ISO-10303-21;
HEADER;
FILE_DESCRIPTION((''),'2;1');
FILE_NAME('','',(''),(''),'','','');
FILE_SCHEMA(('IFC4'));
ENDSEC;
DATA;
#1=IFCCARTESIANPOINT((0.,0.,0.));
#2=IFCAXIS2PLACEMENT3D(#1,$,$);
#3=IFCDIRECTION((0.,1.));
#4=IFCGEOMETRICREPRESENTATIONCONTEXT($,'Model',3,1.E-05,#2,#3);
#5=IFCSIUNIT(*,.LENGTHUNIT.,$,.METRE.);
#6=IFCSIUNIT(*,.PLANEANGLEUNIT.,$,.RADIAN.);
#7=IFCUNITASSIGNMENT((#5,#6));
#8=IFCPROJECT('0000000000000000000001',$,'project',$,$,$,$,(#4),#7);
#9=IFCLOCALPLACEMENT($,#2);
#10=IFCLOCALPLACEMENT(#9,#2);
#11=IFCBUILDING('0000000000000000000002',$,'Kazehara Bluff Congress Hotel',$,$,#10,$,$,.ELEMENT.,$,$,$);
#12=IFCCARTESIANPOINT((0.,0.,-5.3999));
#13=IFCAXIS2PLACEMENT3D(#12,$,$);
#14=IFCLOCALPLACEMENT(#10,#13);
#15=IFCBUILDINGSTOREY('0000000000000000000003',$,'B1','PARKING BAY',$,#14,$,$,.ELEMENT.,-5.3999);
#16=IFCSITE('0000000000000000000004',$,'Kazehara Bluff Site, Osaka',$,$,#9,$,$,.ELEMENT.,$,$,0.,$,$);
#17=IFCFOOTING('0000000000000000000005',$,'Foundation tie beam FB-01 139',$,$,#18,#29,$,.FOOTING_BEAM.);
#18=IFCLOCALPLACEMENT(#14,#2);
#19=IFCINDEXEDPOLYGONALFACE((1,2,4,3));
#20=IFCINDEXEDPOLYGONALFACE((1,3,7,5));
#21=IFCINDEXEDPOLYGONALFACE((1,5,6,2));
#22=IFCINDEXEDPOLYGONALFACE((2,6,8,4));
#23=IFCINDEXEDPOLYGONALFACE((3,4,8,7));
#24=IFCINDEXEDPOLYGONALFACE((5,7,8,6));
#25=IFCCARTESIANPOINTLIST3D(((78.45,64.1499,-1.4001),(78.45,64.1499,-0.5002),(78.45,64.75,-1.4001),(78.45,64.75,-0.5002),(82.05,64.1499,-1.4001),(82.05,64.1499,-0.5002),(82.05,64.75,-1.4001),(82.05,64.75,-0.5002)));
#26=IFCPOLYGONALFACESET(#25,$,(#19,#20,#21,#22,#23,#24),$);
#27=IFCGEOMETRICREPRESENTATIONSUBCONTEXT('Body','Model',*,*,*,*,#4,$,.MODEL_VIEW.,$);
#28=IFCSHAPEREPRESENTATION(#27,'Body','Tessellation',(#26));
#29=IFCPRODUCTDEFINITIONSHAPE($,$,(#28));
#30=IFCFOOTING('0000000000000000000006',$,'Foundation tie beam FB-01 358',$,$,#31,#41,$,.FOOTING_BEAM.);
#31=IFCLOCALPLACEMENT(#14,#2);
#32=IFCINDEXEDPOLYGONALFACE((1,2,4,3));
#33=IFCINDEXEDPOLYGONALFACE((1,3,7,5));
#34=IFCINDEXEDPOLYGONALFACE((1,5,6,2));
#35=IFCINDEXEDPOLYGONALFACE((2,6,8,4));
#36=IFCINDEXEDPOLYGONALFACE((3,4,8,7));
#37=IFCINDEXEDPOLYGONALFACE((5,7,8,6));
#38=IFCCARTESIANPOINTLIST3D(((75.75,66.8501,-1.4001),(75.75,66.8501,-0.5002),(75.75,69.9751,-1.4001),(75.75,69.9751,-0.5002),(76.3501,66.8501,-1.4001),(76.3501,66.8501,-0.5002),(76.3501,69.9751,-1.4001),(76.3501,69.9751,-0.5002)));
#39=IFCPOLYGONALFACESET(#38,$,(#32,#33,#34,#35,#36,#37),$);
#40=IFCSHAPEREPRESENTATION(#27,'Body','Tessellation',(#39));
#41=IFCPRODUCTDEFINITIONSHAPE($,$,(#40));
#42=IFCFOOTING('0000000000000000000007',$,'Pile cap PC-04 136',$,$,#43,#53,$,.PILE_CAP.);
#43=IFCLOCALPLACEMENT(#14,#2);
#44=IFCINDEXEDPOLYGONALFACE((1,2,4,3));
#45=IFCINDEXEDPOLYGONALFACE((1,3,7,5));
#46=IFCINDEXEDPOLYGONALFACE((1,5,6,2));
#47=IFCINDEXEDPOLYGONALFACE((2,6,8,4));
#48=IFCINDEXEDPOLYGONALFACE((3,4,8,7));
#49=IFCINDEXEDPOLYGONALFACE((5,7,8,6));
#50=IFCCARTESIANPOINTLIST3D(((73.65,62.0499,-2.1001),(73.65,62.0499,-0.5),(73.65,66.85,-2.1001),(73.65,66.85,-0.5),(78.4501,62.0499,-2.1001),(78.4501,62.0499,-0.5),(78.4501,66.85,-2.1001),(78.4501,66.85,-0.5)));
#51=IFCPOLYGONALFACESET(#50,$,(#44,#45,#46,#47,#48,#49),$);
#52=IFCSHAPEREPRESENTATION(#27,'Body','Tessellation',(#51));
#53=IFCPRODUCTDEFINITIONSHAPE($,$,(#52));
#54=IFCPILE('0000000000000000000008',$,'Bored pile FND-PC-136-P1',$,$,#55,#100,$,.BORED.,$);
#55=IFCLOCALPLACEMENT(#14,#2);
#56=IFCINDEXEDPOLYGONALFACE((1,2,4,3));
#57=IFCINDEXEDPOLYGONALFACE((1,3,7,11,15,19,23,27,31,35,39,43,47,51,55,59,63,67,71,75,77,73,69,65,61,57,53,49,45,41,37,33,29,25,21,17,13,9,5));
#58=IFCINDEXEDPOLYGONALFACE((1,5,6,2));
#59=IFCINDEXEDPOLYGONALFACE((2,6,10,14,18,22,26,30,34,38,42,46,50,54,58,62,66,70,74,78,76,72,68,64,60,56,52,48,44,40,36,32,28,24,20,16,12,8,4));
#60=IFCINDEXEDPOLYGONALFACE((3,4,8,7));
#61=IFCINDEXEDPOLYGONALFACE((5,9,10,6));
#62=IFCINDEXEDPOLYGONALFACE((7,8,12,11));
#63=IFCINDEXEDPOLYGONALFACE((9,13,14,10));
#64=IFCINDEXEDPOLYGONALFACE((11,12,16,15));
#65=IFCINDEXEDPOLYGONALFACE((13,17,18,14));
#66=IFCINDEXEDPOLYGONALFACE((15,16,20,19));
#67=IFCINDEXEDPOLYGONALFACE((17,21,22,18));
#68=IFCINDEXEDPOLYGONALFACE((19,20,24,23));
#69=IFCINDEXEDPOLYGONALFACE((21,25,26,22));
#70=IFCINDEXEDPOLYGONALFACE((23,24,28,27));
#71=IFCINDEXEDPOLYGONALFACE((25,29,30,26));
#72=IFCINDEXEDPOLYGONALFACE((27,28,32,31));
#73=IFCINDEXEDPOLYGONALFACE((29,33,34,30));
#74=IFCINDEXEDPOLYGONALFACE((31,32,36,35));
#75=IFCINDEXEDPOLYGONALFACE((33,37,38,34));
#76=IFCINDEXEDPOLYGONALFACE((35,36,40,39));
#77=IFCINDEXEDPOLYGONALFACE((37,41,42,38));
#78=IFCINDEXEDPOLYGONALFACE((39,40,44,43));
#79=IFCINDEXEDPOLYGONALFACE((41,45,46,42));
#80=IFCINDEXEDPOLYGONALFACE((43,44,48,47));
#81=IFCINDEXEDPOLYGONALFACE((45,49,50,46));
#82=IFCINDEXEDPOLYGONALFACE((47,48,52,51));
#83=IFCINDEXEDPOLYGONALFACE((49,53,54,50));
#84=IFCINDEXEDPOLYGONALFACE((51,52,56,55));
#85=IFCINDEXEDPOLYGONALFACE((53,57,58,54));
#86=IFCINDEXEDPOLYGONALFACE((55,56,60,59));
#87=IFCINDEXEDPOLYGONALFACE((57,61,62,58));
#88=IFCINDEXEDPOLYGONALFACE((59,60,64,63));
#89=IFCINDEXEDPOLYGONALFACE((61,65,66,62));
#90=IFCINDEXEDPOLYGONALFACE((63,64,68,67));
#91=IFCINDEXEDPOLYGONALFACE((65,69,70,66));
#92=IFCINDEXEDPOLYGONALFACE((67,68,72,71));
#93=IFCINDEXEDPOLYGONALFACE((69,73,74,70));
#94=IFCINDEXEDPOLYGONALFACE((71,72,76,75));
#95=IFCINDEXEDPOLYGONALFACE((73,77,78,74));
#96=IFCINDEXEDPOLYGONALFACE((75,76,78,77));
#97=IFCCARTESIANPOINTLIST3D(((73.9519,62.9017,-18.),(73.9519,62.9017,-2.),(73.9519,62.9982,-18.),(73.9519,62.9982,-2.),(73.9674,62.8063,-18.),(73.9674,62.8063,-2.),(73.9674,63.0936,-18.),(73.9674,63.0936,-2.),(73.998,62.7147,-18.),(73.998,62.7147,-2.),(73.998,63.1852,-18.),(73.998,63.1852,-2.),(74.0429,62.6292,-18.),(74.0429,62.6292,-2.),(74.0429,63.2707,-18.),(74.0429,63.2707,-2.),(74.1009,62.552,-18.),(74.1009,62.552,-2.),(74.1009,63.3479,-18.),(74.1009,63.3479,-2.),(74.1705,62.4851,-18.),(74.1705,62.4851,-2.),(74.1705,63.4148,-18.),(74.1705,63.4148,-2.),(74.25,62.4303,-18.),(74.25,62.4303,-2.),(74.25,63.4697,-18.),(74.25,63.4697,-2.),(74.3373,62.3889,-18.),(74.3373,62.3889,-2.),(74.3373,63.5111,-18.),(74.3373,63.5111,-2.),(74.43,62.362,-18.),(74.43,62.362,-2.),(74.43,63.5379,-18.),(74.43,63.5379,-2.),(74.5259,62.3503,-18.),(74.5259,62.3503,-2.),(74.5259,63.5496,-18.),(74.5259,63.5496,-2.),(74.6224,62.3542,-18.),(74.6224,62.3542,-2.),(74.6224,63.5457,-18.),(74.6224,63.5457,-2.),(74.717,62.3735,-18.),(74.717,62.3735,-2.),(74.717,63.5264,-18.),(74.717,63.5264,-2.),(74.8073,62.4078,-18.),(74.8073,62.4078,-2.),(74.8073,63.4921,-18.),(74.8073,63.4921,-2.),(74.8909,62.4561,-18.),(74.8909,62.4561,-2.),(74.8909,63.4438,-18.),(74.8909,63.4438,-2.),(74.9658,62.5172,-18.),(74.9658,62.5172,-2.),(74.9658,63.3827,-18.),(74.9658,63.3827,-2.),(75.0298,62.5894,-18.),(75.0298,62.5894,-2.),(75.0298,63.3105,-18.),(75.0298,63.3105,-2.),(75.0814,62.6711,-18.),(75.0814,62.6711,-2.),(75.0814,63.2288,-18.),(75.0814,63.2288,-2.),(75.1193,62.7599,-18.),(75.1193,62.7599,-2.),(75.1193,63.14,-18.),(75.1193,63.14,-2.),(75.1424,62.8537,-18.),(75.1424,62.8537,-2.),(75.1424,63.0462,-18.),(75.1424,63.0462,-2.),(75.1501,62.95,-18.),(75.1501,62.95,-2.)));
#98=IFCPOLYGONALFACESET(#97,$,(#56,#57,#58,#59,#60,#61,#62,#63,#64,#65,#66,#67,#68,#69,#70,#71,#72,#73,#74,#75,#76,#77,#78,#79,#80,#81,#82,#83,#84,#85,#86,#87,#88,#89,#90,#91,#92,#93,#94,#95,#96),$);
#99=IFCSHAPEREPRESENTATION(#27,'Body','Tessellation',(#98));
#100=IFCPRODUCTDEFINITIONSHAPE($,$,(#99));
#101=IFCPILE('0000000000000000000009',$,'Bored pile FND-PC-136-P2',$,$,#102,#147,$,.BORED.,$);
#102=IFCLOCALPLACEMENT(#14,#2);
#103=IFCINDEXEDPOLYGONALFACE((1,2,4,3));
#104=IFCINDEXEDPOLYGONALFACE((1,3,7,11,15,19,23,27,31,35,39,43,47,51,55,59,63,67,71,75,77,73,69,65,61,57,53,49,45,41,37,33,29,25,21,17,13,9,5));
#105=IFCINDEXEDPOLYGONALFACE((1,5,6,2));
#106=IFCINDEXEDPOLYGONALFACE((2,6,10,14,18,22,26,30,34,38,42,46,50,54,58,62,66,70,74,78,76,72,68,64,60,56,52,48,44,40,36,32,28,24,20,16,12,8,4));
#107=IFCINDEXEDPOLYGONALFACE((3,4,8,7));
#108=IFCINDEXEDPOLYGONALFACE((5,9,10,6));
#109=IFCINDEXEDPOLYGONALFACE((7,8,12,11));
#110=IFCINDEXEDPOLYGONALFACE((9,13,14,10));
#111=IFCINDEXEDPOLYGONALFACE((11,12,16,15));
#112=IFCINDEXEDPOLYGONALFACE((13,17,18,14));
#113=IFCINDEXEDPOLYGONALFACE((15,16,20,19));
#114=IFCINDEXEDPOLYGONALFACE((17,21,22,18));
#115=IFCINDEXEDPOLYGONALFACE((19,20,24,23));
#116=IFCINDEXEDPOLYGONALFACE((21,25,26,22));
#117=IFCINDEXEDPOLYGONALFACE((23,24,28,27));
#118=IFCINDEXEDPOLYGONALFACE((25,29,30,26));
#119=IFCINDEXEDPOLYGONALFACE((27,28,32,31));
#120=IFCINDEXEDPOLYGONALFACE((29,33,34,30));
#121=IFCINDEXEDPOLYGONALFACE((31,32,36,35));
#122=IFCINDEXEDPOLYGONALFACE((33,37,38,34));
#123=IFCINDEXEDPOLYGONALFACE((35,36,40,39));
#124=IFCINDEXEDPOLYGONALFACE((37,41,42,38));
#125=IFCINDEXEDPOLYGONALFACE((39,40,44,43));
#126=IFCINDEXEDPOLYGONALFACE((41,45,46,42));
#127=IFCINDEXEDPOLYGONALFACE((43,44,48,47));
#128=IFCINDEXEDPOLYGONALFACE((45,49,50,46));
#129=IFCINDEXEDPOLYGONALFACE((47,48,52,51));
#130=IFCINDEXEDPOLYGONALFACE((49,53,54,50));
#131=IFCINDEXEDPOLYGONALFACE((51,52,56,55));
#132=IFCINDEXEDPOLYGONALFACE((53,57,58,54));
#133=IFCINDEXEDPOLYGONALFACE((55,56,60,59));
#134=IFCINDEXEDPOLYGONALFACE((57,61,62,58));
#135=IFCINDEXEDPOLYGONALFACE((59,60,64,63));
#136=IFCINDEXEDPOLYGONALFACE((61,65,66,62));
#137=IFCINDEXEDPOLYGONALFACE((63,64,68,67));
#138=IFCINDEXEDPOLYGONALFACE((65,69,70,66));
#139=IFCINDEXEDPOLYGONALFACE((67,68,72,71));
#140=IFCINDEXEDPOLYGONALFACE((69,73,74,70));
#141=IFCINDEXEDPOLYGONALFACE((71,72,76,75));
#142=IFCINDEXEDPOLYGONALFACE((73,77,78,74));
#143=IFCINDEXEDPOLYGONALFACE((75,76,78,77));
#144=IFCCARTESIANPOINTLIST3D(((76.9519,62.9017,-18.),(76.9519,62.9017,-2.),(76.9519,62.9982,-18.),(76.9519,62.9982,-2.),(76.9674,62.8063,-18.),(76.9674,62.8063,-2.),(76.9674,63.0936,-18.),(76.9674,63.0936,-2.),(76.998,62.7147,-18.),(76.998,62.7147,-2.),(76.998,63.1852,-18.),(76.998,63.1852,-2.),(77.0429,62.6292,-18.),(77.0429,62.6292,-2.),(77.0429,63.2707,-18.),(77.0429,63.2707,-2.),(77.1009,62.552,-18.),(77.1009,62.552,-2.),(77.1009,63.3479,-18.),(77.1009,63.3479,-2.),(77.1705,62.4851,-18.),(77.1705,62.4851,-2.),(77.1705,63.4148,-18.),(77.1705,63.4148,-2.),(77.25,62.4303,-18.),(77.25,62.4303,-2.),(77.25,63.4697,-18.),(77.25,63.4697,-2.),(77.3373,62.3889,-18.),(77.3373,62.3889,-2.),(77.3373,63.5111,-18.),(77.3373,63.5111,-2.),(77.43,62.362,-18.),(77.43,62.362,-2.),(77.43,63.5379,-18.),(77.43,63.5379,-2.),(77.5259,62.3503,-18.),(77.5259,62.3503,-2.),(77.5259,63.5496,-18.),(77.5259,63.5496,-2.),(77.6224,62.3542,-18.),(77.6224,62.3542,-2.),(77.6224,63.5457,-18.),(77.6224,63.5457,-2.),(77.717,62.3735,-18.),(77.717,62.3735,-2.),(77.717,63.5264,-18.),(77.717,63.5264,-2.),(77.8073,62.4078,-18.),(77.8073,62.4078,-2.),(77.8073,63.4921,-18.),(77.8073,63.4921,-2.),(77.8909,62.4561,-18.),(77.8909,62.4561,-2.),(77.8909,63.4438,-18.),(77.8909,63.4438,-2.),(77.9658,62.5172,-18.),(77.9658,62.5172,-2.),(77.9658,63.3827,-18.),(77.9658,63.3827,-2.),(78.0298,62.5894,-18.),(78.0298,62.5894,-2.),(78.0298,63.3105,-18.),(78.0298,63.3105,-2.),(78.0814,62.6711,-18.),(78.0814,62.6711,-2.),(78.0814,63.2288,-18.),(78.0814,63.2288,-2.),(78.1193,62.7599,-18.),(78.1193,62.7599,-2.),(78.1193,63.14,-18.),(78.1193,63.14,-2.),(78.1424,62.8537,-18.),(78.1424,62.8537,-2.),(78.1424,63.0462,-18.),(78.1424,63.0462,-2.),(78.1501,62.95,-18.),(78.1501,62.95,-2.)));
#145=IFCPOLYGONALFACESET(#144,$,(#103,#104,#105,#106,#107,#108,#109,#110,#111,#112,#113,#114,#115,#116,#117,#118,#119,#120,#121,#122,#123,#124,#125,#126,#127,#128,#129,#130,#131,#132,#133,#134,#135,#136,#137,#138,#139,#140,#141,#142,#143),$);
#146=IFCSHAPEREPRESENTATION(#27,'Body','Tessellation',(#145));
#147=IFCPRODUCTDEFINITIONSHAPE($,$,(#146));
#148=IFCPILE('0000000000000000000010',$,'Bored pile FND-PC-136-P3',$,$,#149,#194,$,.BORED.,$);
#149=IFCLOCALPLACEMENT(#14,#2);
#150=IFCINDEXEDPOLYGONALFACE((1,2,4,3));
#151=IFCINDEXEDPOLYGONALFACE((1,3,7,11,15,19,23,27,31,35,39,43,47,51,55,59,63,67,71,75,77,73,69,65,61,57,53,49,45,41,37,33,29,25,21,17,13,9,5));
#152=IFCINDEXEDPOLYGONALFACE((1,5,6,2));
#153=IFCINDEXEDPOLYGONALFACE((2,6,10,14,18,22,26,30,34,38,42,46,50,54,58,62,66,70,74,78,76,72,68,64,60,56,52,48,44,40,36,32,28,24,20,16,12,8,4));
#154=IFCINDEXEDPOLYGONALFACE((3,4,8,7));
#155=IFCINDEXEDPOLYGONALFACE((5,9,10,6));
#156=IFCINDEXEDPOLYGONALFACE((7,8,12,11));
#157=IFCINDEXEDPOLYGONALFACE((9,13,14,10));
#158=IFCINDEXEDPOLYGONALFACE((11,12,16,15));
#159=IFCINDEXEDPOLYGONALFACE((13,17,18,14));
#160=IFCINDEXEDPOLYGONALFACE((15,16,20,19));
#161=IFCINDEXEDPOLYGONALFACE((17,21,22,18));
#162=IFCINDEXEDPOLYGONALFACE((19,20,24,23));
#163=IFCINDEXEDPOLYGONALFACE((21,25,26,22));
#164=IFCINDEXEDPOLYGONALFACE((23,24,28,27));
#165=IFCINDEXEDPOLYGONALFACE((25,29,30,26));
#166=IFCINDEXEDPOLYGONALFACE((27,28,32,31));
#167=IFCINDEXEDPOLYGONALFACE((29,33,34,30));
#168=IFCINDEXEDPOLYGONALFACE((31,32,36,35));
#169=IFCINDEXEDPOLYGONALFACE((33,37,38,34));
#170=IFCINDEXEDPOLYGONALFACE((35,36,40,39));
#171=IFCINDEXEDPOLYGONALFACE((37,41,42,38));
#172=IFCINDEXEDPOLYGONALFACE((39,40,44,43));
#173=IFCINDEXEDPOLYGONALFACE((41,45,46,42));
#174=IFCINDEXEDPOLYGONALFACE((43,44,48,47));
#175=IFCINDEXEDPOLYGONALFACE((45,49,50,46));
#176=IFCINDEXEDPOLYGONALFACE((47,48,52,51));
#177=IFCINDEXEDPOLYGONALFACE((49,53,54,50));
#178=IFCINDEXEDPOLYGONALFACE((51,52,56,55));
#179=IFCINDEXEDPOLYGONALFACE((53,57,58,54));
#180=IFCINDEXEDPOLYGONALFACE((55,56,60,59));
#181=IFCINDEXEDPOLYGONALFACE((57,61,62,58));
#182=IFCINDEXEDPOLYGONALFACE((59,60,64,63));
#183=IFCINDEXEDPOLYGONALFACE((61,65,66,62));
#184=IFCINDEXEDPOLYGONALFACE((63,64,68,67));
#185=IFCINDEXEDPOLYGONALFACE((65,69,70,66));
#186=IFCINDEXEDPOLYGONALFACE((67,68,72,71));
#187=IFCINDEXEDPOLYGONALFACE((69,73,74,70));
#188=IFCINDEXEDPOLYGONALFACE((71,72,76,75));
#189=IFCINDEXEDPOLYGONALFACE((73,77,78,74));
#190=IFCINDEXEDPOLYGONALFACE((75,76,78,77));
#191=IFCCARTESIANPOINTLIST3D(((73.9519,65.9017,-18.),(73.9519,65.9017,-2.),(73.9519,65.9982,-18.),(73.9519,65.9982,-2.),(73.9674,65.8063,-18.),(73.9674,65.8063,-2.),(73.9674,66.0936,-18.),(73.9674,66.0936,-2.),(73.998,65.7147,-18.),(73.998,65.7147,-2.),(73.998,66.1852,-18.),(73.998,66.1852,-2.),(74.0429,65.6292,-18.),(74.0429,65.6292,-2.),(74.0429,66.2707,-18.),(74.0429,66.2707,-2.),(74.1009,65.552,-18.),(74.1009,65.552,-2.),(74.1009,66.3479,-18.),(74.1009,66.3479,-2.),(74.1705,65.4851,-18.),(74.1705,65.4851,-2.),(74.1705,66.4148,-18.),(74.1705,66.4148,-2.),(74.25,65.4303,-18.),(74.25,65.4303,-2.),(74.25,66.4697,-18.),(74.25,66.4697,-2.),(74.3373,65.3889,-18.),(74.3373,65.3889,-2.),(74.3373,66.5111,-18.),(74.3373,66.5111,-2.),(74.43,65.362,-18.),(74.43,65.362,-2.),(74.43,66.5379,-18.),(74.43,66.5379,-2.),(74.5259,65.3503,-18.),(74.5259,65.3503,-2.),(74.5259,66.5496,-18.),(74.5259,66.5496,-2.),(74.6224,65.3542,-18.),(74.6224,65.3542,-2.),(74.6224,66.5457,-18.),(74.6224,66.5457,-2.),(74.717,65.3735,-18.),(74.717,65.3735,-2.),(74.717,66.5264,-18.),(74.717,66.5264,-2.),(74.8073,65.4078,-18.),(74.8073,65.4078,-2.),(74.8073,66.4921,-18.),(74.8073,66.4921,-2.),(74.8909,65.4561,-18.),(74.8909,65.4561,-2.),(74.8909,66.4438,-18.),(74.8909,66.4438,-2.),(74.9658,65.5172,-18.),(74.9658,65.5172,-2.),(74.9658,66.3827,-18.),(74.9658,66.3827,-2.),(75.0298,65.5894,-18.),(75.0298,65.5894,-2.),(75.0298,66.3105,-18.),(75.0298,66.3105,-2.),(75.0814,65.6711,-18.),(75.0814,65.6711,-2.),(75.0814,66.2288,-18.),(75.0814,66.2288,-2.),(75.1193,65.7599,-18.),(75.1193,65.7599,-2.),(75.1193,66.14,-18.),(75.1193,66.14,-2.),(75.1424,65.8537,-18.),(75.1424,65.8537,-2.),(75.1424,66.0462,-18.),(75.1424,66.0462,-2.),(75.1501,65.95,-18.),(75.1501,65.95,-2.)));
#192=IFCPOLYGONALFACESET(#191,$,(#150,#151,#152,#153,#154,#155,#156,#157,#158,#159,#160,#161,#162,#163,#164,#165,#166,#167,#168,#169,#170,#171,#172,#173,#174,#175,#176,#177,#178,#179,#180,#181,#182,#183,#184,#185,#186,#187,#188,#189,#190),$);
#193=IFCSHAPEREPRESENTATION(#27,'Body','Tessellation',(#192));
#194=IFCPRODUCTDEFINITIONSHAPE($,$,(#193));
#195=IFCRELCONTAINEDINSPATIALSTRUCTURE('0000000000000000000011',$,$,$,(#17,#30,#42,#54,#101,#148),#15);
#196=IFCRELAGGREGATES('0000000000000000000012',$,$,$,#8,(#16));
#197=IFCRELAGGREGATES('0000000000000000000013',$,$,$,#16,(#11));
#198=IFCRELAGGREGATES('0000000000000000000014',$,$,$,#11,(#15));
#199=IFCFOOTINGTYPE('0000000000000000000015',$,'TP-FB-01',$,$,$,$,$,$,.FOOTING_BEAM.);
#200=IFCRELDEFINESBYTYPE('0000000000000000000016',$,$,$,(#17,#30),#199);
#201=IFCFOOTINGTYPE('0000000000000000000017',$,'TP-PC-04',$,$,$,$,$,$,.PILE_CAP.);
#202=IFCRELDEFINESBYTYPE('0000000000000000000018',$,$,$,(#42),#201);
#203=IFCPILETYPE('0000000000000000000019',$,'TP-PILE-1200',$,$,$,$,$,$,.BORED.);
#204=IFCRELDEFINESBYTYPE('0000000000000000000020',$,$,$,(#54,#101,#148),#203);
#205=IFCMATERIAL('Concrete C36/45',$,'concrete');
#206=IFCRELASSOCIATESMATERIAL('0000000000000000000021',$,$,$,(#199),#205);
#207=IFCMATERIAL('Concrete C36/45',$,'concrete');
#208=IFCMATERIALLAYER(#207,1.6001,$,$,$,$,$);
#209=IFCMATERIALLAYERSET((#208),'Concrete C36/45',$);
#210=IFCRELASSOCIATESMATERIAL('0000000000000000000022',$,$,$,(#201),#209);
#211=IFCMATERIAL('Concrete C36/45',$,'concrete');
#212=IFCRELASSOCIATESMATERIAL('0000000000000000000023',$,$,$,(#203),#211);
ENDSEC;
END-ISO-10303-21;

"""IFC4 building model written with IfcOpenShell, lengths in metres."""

from ifc_helpers import new_model, si_unit, direction, frame, origin, origin_2d, place, context, subcontext, project, spatial, rectangle, circle, extrude, material, layer, layer_set, material_profile, profile_set, type_object, element, save


model = new_model("IFC4")

# Units and contexts
model_context = context("Model", 3, precision=1e-05, world=origin(), true_north=direction((0.0, 1.0)))
body_context = subcontext(model_context, "Body", "Model", "MODEL_VIEW")
ifc_project = project(units=[si_unit("LENGTHUNIT", "METRE"), si_unit("PLANEANGLEUNIT", "RADIAN")], contexts=[model_context])

# Site, building, storey
site_placement = place(None, origin())
site = spatial("IfcSite", under=ifc_project, at=site_placement, Name="Kazehara Bluff Site, Osaka", CompositionType="ELEMENT", RefElevation=0.0)
building_placement = place(site_placement, origin())
building = spatial("IfcBuilding", under=site, at=building_placement, Name="Kazehara Bluff Congress Hotel", CompositionType="ELEMENT")
storey_placement = place(building_placement, frame((0.0, 0.0, -5.3999)))
storey = spatial("IfcBuildingStorey", under=building, at=storey_placement, Name="B1", Description="PARKING BAY", CompositionType="ELEMENT", Elevation=-5.3999)

# Footings
ifc_material_1 = material(Name="Concrete C36/45", Category="concrete")
ifc_material_profile_1 = material_profile(ifc_material_1, rectangle(XDim=0.6001, YDim=0.8999, at=origin_2d()))
ifc_profile_set_1 = profile_set([ifc_material_profile_1], Name="Concrete C36/45")
footing_type_1 = type_object("IfcFootingType", Name="TP-FB-01", PredefinedType="FOOTING_BEAM", material=ifc_profile_set_1)
footing_1_placement = place(storey_placement, frame((78.45, 64.45, -0.9502), z_axis=(1.0, 0.0, 0.0), x_axis=(0.0, 1.0, 0.0)))
element("IfcFooting", 1, at=footing_1_placement, inside=storey, type_object=footing_type_1, Name="Foundation tie beam FB-01 139", PredefinedType="FOOTING_BEAM", context=body_context, shape_type="SweptSolid", body=[
    extrude(rectangle(XDim=0.6001, YDim=0.8999, at=origin_2d()), origin(), (0.0, 0.0, 1.0), 3.6001),
])
footing_2_placement = place(storey_placement, frame((76.05, 66.8501, -0.9502), z_axis=(0.0, 1.0, 0.0), x_axis=(-1.0, 0.0, 0.0)))
element("IfcFooting", 2, at=footing_2_placement, inside=storey, type_object=footing_type_1, Name="Foundation tie beam FB-01 358", PredefinedType="FOOTING_BEAM", context=body_context, shape_type="SweptSolid", body=[
    extrude(rectangle(XDim=0.6001, YDim=0.8999, at=origin_2d()), origin(), (0.0, 0.0, 1.0), 3.125),
])
ifc_material_2 = material(Name="Concrete C36/45", Category="concrete")
ifc_layer_1 = layer(ifc_material_2, 1.6001)
ifc_layer_set_1 = layer_set([ifc_layer_1], Name="Concrete C36/45")
footing_type_2 = type_object("IfcFootingType", Name="TP-PC-04", PredefinedType="PILE_CAP", material=ifc_layer_set_1)
footing_3_placement = place(storey_placement, frame((76.05, 64.45, -2.1001), z_axis=(0.0, 0.0, 1.0), x_axis=(1.0, 0.0, 0.0)))
element("IfcFooting", 3, at=footing_3_placement, inside=storey, type_object=footing_type_2, Name="Pile cap PC-04 136", PredefinedType="PILE_CAP", context=body_context, shape_type="SweptSolid", body=[
    extrude(rectangle(XDim=4.8, YDim=4.8, at=origin_2d()), origin(), (0.0, 0.0, 1.0), 1.6001),
])

# Piles
ifc_material_3 = material(Name="Concrete C36/45", Category="concrete")
ifc_material_profile_2 = material_profile(ifc_material_3, circle(Radius=0.6001, at=origin_2d()))
ifc_profile_set_2 = profile_set([ifc_material_profile_2], Name="Concrete C36/45")
pile_type = type_object("IfcPileType", Name="TP-PILE-1200", PredefinedType="BORED", material=ifc_profile_set_2)
for number, where, z_axis, x_axis, name in (
    (4, (74.55, 62.95, -2.0), (0.0, 0.0, -1.0), (1.0, 0.0, 0.0), "Bored pile FND-PC-136-P1"),
    (5, (77.55, 62.95, -2.0), (0.0, 0.0, -1.0), (1.0, 0.0, 0.0), "Bored pile FND-PC-136-P2"),
    (6, (74.55, 65.95, -2.0), (0.0, 0.0, -1.0), (1.0, 0.0, 0.0), "Bored pile FND-PC-136-P3"),
):
    element("IfcPile", number, at=place(storey_placement, frame(where, z_axis=z_axis, x_axis=x_axis)), inside=storey, type_object=pile_type, Name=name, PredefinedType="BORED", context=body_context, shape_type="SweptSolid", body=[
        extrude(circle(Radius=0.6001, at=origin_2d()), origin(), (0.0, 0.0, 1.0), 16.0),
    ])

save(model, "model.ifc")
